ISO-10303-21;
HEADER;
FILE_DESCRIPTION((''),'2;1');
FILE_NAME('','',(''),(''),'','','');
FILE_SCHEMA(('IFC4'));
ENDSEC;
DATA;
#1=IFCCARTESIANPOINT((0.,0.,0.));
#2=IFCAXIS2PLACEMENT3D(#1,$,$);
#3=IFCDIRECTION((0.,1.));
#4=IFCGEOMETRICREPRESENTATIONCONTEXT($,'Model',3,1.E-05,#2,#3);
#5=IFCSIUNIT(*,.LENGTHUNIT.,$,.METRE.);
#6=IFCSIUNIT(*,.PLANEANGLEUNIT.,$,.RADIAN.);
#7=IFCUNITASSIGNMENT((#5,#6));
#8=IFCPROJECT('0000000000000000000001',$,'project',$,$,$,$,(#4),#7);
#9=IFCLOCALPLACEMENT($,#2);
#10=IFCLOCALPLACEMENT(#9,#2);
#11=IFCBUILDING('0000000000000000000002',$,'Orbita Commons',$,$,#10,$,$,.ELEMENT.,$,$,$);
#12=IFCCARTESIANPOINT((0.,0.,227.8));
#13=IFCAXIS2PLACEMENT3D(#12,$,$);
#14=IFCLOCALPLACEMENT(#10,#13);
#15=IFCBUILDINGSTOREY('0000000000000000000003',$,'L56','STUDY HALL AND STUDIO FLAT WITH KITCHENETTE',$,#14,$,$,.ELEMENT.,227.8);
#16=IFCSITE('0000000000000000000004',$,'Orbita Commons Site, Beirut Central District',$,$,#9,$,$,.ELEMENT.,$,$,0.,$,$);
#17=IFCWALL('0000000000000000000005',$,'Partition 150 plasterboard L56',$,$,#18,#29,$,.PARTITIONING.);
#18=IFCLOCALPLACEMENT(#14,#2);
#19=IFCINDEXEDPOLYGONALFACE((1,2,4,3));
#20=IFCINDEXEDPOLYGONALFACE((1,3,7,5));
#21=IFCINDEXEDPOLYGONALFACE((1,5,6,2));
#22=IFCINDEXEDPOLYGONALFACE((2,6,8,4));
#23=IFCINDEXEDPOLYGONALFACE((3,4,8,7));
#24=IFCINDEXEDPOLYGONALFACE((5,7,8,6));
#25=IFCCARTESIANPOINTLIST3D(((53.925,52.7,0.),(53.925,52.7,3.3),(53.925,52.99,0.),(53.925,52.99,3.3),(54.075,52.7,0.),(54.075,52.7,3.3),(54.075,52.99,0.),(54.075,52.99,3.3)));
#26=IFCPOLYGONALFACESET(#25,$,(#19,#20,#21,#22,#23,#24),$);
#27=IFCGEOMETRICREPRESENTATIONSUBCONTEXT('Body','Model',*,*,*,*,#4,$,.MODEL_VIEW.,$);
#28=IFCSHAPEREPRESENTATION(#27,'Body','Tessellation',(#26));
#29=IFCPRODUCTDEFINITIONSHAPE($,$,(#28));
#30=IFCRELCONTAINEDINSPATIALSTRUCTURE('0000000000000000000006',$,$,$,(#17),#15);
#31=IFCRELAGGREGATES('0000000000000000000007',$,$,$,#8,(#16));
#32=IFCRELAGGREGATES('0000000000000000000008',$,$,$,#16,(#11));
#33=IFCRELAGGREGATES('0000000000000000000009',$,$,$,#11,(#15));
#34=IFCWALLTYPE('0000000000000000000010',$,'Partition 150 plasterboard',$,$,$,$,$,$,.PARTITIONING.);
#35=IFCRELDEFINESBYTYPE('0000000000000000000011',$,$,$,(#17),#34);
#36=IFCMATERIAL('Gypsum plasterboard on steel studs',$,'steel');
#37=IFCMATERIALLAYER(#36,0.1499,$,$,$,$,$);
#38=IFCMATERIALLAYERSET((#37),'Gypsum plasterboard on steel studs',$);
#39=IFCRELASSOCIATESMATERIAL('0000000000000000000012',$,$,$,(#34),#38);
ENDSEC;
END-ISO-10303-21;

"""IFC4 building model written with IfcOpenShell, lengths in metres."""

from ifc_helpers import new_model, si_unit, direction, frame, frame_2d, origin, place, context, subcontext, project, spatial, rectangle, extrude, material, layer, layer_set, type_object, element, save


model = new_model("IFC4")

# Units and contexts
model_context = context("Model", 3, precision=1e-05, world=origin(), true_north=direction((0.0, 1.0)))
body_context = subcontext(model_context, "Body", "Model", "MODEL_VIEW")
ifc_project = project(units=[si_unit("LENGTHUNIT", "METRE"), si_unit("PLANEANGLEUNIT", "RADIAN")], contexts=[model_context])

# Site, building, storey
site_placement = place(None, origin())
site = spatial("IfcSite", under=ifc_project, at=site_placement, Name="Orbita Commons Site, Beirut Central District", CompositionType="ELEMENT", RefElevation=0.0)
building_placement = place(site_placement, origin())
building = spatial("IfcBuilding", under=site, at=building_placement, Name="Orbita Commons", CompositionType="ELEMENT")
storey_placement = place(building_placement, frame((0.0, 0.0, 227.8)))
storey = spatial("IfcBuildingStorey", under=building, at=storey_placement, Name="L56", Description="STUDY HALL AND STUDIO FLAT WITH KITCHENETTE", CompositionType="ELEMENT", Elevation=227.8)

# Wall
ifc_material_1 = material(Name="Gypsum plasterboard on steel studs", Category="steel")
ifc_layer_1 = layer(ifc_material_1, 0.1499)
ifc_layer_set_1 = layer_set([ifc_layer_1], Name="Gypsum plasterboard on steel studs")
wall_type_1 = type_object("IfcWallType", Name="Partition 150 plasterboard", PredefinedType="PARTITIONING", material=ifc_layer_set_1)
for number, where, z_axis, x_axis, name in (
    (1, (54.0, 52.7, 0.0), (0.0, 0.0, 1.0), (0.0, 1.0, 0.0), "Partition 150 plasterboard L56"),
):
    element("IfcWall", number, at=place(storey_placement, frame(where, z_axis=z_axis, x_axis=x_axis)), inside=storey, type_object=wall_type_1, Name=name, PredefinedType="PARTITIONING", context=body_context, shape_type="SweptSolid", body=[
        extrude(rectangle(XDim=0.29, YDim=0.1499, at=frame_2d((0.145, 0.0))), origin(), (0.0, 0.0, 1.0), 3.3),
    ])

save(model, "model.ifc")
